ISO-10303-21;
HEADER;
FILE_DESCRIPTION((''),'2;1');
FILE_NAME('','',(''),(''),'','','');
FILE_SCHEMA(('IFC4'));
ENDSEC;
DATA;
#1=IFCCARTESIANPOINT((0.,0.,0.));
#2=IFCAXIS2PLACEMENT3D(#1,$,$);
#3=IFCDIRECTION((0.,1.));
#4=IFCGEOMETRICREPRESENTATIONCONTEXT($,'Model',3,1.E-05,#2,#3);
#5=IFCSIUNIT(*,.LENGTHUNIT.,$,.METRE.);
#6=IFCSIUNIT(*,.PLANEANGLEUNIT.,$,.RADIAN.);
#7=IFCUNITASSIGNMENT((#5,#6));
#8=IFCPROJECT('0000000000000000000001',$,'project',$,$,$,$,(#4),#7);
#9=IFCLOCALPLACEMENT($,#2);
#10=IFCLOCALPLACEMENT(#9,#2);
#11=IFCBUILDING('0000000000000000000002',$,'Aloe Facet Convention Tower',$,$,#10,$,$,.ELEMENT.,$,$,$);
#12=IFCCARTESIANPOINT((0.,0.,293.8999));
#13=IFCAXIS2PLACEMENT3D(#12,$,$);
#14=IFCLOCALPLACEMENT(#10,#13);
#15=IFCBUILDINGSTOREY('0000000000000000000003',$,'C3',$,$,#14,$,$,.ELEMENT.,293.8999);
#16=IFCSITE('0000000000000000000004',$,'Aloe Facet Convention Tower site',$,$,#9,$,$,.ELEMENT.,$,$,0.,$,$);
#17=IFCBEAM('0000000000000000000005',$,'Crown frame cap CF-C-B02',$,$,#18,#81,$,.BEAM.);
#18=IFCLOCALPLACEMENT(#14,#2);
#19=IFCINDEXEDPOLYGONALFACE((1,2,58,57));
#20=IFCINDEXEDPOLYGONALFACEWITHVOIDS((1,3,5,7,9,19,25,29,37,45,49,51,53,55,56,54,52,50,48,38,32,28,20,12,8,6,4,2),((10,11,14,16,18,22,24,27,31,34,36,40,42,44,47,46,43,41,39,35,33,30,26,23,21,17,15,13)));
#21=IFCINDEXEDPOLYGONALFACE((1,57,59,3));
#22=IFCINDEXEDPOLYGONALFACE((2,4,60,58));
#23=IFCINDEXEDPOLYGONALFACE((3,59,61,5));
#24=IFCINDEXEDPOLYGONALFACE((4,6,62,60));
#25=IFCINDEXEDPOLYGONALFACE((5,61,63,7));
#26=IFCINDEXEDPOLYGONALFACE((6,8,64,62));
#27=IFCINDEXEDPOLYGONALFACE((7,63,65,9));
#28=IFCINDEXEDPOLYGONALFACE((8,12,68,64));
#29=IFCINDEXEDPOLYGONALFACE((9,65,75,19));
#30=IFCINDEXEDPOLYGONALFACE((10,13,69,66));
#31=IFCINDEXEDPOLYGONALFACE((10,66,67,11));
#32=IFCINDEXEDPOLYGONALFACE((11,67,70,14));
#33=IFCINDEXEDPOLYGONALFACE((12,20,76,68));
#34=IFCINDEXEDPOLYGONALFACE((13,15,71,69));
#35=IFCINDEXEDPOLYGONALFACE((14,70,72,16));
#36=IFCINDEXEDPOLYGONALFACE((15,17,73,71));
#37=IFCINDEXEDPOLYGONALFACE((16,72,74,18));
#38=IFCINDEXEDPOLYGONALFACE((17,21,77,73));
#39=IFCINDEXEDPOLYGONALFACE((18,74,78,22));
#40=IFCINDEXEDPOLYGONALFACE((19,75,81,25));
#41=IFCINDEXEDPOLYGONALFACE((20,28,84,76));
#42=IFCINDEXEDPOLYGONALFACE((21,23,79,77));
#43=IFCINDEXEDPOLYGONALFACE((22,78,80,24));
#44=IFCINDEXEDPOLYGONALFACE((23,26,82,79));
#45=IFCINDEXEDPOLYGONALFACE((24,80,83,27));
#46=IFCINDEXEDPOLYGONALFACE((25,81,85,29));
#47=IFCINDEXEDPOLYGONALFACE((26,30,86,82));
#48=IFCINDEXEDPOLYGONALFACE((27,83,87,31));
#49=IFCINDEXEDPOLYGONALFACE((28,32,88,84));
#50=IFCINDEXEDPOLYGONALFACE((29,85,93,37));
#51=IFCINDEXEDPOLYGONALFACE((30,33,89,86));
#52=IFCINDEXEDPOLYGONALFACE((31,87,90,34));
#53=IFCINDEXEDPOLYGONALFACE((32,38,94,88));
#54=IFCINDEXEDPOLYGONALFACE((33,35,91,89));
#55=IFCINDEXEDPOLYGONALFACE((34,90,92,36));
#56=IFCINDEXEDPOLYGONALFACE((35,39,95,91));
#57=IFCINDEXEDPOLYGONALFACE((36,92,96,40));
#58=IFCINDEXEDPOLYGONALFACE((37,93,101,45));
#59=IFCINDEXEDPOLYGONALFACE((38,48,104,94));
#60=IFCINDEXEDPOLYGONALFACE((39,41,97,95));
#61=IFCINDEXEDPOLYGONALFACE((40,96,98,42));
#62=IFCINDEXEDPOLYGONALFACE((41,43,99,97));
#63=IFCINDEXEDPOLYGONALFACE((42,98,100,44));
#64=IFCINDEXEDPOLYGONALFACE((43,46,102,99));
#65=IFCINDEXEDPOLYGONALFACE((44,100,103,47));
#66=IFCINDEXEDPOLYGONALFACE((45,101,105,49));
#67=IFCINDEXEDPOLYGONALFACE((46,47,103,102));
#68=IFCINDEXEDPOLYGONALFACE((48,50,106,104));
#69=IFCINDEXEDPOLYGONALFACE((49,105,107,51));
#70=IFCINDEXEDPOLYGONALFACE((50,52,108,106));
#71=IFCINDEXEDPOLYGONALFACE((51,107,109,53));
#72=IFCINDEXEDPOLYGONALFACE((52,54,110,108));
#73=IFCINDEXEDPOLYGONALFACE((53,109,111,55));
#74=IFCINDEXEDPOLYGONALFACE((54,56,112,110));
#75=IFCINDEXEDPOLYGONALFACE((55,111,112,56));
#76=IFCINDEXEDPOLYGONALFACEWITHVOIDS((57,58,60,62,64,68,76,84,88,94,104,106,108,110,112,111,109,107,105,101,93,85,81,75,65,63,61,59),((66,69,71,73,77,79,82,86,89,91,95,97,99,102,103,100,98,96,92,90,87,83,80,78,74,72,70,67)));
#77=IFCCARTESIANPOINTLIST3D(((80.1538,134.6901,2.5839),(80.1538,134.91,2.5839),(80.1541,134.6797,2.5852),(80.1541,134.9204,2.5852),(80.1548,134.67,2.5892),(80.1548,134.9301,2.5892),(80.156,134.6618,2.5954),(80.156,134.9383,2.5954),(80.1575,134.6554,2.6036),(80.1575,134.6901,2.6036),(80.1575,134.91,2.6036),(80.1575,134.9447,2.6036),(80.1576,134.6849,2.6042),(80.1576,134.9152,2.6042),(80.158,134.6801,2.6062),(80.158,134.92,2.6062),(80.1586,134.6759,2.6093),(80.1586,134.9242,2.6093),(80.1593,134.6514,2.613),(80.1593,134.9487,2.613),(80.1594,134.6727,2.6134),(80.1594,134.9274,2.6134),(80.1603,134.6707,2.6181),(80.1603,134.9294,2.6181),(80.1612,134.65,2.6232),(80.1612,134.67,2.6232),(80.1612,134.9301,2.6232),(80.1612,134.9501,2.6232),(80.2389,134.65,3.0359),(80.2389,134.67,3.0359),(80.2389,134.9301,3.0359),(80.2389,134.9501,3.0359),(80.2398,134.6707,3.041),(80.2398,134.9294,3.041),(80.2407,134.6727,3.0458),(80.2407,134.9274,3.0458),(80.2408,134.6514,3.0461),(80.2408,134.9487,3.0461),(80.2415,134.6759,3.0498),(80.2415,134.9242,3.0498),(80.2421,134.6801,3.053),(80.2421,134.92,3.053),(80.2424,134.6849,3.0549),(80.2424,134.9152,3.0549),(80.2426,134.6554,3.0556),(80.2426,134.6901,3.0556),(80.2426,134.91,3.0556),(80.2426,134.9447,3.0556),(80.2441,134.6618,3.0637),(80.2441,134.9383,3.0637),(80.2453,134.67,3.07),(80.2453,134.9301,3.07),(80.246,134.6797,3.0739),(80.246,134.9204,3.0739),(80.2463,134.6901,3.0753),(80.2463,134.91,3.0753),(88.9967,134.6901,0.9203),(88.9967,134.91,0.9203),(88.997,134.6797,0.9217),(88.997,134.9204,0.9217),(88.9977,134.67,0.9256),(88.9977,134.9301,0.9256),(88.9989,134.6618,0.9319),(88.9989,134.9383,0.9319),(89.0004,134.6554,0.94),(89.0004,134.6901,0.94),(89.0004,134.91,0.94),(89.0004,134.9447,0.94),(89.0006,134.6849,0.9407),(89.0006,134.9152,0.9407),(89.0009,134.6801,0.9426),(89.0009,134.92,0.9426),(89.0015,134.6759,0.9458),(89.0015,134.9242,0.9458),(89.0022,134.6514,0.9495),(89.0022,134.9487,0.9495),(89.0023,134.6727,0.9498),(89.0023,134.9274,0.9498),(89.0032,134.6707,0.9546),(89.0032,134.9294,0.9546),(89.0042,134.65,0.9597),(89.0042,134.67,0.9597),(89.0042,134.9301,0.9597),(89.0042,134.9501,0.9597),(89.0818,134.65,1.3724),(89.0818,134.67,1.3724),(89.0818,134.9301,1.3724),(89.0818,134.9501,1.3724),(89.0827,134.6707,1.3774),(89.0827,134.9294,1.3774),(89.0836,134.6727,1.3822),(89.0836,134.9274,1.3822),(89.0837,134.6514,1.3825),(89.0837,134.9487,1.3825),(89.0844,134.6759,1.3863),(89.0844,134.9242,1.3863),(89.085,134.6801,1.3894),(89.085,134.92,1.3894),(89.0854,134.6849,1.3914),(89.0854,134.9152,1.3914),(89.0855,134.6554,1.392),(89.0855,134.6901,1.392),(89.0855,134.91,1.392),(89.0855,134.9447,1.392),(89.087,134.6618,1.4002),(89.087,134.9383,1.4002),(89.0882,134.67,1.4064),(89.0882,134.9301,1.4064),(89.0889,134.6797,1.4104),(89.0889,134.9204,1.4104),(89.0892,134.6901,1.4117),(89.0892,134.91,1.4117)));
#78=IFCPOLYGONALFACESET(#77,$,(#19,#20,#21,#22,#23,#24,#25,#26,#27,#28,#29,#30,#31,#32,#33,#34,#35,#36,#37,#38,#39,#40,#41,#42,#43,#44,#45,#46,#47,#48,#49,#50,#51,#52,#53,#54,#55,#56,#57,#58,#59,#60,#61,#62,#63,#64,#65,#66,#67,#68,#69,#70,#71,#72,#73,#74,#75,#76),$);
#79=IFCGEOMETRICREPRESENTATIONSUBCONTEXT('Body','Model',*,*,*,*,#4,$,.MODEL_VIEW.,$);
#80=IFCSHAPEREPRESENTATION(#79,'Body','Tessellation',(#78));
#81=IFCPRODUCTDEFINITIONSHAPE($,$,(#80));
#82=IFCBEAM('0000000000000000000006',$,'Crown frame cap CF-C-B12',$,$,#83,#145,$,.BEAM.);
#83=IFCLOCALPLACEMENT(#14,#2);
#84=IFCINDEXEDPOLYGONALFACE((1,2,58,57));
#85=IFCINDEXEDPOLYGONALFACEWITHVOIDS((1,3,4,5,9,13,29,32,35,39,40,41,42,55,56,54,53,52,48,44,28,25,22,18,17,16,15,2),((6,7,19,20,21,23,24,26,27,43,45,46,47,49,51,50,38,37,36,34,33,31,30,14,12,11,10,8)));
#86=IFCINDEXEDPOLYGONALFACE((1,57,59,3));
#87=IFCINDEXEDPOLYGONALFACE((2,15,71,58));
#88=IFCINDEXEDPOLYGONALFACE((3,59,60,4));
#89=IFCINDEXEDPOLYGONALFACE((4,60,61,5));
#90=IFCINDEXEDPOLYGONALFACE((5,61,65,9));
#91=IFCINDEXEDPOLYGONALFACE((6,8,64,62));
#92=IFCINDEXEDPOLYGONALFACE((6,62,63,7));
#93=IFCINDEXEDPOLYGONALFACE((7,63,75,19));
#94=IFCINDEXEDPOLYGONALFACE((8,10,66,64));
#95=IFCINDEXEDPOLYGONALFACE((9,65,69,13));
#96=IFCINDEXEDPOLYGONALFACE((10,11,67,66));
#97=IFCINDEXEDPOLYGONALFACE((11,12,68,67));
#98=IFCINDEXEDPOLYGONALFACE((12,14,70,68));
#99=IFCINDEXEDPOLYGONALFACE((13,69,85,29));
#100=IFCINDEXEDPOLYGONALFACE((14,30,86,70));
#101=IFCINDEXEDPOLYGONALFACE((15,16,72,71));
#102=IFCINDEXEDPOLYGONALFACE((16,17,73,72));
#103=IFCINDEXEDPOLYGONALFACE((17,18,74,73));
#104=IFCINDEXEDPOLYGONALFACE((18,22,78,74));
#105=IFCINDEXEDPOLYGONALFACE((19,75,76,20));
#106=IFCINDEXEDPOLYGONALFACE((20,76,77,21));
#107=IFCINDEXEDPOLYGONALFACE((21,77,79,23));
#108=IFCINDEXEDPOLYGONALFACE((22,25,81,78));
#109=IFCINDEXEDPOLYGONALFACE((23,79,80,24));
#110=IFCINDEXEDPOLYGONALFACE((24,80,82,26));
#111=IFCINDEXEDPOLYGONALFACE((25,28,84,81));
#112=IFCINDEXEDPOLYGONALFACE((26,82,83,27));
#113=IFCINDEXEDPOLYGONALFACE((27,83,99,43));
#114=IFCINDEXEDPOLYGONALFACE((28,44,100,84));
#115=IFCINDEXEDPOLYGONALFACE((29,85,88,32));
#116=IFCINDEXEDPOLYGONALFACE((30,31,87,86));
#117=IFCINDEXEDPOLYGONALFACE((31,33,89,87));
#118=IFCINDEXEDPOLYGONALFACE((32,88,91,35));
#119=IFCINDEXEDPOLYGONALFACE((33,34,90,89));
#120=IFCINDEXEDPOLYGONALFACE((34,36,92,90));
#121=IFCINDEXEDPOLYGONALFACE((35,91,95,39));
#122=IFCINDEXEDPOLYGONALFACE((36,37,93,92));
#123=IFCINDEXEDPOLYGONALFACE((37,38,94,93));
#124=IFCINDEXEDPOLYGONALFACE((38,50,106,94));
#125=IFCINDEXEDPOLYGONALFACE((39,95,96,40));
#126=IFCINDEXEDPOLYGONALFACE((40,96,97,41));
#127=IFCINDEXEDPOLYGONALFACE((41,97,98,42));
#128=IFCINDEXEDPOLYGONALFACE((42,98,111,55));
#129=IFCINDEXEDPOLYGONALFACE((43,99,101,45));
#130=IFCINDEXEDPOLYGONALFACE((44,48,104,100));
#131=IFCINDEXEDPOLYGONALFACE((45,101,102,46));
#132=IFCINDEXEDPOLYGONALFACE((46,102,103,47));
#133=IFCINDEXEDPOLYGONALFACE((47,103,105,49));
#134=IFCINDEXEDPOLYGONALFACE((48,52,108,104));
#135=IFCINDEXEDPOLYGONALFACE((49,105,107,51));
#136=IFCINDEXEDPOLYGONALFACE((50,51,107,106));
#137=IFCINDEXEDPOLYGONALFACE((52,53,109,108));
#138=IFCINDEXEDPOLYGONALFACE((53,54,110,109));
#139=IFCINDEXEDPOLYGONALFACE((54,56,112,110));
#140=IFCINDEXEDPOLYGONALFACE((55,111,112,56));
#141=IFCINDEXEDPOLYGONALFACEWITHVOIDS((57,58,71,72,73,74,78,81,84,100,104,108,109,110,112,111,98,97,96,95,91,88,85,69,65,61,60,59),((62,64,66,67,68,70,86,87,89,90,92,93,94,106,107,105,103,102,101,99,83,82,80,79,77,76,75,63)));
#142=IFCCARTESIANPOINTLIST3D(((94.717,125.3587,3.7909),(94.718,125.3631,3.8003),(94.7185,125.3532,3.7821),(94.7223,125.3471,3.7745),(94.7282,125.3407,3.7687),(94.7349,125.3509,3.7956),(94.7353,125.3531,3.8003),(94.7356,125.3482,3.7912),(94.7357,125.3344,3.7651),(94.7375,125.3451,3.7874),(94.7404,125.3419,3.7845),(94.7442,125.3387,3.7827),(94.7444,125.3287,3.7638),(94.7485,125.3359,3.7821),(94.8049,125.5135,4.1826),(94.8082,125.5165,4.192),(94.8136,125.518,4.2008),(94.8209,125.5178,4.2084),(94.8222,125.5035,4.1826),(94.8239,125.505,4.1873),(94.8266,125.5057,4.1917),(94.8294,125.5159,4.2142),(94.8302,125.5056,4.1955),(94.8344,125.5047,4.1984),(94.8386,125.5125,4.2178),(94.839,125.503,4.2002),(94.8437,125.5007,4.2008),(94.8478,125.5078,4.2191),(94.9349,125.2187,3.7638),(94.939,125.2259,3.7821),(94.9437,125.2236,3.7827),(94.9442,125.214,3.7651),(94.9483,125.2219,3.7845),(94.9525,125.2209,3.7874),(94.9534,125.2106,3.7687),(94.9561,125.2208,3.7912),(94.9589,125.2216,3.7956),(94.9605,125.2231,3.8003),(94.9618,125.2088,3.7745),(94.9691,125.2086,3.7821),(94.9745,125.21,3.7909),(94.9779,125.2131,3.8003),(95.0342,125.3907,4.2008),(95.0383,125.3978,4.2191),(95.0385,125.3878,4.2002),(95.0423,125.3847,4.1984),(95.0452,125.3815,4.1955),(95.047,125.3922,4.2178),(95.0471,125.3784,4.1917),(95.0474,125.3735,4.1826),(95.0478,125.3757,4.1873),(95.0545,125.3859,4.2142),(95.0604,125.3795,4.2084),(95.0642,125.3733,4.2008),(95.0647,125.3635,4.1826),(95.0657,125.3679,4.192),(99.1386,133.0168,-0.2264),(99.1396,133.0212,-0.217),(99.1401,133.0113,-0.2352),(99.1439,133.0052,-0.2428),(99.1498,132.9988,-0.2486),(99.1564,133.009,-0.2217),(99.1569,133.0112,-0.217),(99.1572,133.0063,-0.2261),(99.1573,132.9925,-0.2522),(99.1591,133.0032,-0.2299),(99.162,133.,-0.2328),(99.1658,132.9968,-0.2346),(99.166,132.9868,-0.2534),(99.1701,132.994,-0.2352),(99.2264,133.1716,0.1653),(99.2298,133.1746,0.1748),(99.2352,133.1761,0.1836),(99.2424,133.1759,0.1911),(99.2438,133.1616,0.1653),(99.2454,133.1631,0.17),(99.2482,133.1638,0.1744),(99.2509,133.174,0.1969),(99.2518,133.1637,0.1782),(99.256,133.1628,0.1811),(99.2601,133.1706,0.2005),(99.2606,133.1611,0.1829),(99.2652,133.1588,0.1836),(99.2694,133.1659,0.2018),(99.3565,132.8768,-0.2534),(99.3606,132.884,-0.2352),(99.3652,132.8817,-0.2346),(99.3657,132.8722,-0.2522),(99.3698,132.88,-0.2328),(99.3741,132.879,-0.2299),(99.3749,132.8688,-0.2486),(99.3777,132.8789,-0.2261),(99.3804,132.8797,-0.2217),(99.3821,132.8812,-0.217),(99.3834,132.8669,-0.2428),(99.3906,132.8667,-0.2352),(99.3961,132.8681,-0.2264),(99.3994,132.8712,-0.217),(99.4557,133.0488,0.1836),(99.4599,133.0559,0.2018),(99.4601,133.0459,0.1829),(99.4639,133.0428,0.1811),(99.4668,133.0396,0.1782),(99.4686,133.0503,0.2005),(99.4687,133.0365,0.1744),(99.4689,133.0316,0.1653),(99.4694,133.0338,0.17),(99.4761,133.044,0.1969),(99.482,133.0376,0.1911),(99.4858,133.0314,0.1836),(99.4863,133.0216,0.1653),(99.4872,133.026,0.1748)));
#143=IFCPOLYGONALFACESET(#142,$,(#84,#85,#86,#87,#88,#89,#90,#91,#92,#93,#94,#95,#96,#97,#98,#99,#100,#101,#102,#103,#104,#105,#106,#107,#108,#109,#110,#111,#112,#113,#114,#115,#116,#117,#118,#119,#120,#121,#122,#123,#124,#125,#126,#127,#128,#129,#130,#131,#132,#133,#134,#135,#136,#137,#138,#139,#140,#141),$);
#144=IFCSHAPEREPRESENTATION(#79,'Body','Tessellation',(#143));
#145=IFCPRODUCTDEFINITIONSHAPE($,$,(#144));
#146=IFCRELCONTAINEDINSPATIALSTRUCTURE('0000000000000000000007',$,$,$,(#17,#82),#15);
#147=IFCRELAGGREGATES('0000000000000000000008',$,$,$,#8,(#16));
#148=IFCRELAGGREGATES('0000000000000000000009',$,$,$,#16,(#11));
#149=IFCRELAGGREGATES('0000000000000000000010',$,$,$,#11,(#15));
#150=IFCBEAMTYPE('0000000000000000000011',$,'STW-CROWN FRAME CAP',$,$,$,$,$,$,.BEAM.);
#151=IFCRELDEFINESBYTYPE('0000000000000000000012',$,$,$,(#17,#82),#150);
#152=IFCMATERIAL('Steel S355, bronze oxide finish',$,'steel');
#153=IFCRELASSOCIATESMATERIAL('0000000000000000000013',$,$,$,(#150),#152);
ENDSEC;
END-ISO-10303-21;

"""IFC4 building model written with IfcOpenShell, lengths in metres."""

from ifc_helpers import new_model, si_unit, direction, frame, origin, origin_2d, place, context, subcontext, project, spatial, hollow_rectangle, extrude, material, material_profile, profile_set, type_object, element, save


model = new_model("IFC4")

# Units and contexts
model_context = context("Model", 3, precision=1e-05, world=origin(), true_north=direction((0.0, 1.0)))
body_context = subcontext(model_context, "Body", "Model", "MODEL_VIEW")
ifc_project = project(units=[si_unit("LENGTHUNIT", "METRE"), si_unit("PLANEANGLEUNIT", "RADIAN")], contexts=[model_context])

# Site, building, storey
site_placement = place(None, origin())
site = spatial("IfcSite", under=ifc_project, at=site_placement, Name="Aloe Facet Convention Tower site", CompositionType="ELEMENT", RefElevation=0.0)
building_placement = place(site_placement, origin())
building = spatial("IfcBuilding", under=site, at=building_placement, Name="Aloe Facet Convention Tower", CompositionType="ELEMENT")
storey_placement = place(building_placement, frame((0.0, 0.0, 293.8999)))
storey = spatial("IfcBuildingStorey", under=building, at=storey_placement, Name="C3", CompositionType="ELEMENT", Elevation=293.8999)

# Beams
ifc_material_1 = material(Name="Steel S355, bronze oxide finish", Category="steel")
ifc_material_profile_1 = material_profile(ifc_material_1, hollow_rectangle(XDim=0.3, YDim=0.5, WallThickness=0.02, InnerFilletRadius=0.02, OuterFilletRadius=0.04, at=origin_2d()), Name="RHS 500x300x20")
ifc_profile_set_1 = profile_set([ifc_material_profile_1], Name="Steel S355, bronze oxide finish")
beam_type = type_object("IfcBeamType", Name="STW-CROWN FRAME CAP", PredefinedType="BEAM", material=ifc_profile_set_1)
beam_1_placement = place(storey_placement, frame((89.043, 134.8, 1.166), z_axis=(-0.982761, 0.0, 0.18488), x_axis=(0.0, -1.0, 0.0)))
element("IfcBeam", 1, at=beam_1_placement, inside=storey, type_object=beam_type, Name="Crown frame cap CF-C-B02", PredefinedType="BEAM", context=body_context, shape_type="SweptSolid", body=[
    extrude(hollow_rectangle(XDim=0.3, YDim=0.5, WallThickness=0.02, InnerFilletRadius=0.02, OuterFilletRadius=0.04, at=origin_2d()), origin(), (0.0, 0.0, 1.0), 8.998),
])
beam_2_placement = place(storey_placement, frame((94.8914, 125.3633, 3.9915), z_axis=(0.455239, 0.788468, -0.413614), x_axis=(-0.866017, 0.500014, 0.0)))
element("IfcBeam", 2, at=beam_2_placement, inside=storey, type_object=beam_type, Name="Crown frame cap CF-C-B12", PredefinedType="BEAM", context=body_context, shape_type="SweptSolid", body=[
    extrude(hollow_rectangle(XDim=0.3, YDim=0.5, WallThickness=0.02, InnerFilletRadius=0.02, OuterFilletRadius=0.04, at=origin_2d()), origin(), (0.0, 0.0, 1.0), 9.7126),
])

save(model, "model.ifc")
